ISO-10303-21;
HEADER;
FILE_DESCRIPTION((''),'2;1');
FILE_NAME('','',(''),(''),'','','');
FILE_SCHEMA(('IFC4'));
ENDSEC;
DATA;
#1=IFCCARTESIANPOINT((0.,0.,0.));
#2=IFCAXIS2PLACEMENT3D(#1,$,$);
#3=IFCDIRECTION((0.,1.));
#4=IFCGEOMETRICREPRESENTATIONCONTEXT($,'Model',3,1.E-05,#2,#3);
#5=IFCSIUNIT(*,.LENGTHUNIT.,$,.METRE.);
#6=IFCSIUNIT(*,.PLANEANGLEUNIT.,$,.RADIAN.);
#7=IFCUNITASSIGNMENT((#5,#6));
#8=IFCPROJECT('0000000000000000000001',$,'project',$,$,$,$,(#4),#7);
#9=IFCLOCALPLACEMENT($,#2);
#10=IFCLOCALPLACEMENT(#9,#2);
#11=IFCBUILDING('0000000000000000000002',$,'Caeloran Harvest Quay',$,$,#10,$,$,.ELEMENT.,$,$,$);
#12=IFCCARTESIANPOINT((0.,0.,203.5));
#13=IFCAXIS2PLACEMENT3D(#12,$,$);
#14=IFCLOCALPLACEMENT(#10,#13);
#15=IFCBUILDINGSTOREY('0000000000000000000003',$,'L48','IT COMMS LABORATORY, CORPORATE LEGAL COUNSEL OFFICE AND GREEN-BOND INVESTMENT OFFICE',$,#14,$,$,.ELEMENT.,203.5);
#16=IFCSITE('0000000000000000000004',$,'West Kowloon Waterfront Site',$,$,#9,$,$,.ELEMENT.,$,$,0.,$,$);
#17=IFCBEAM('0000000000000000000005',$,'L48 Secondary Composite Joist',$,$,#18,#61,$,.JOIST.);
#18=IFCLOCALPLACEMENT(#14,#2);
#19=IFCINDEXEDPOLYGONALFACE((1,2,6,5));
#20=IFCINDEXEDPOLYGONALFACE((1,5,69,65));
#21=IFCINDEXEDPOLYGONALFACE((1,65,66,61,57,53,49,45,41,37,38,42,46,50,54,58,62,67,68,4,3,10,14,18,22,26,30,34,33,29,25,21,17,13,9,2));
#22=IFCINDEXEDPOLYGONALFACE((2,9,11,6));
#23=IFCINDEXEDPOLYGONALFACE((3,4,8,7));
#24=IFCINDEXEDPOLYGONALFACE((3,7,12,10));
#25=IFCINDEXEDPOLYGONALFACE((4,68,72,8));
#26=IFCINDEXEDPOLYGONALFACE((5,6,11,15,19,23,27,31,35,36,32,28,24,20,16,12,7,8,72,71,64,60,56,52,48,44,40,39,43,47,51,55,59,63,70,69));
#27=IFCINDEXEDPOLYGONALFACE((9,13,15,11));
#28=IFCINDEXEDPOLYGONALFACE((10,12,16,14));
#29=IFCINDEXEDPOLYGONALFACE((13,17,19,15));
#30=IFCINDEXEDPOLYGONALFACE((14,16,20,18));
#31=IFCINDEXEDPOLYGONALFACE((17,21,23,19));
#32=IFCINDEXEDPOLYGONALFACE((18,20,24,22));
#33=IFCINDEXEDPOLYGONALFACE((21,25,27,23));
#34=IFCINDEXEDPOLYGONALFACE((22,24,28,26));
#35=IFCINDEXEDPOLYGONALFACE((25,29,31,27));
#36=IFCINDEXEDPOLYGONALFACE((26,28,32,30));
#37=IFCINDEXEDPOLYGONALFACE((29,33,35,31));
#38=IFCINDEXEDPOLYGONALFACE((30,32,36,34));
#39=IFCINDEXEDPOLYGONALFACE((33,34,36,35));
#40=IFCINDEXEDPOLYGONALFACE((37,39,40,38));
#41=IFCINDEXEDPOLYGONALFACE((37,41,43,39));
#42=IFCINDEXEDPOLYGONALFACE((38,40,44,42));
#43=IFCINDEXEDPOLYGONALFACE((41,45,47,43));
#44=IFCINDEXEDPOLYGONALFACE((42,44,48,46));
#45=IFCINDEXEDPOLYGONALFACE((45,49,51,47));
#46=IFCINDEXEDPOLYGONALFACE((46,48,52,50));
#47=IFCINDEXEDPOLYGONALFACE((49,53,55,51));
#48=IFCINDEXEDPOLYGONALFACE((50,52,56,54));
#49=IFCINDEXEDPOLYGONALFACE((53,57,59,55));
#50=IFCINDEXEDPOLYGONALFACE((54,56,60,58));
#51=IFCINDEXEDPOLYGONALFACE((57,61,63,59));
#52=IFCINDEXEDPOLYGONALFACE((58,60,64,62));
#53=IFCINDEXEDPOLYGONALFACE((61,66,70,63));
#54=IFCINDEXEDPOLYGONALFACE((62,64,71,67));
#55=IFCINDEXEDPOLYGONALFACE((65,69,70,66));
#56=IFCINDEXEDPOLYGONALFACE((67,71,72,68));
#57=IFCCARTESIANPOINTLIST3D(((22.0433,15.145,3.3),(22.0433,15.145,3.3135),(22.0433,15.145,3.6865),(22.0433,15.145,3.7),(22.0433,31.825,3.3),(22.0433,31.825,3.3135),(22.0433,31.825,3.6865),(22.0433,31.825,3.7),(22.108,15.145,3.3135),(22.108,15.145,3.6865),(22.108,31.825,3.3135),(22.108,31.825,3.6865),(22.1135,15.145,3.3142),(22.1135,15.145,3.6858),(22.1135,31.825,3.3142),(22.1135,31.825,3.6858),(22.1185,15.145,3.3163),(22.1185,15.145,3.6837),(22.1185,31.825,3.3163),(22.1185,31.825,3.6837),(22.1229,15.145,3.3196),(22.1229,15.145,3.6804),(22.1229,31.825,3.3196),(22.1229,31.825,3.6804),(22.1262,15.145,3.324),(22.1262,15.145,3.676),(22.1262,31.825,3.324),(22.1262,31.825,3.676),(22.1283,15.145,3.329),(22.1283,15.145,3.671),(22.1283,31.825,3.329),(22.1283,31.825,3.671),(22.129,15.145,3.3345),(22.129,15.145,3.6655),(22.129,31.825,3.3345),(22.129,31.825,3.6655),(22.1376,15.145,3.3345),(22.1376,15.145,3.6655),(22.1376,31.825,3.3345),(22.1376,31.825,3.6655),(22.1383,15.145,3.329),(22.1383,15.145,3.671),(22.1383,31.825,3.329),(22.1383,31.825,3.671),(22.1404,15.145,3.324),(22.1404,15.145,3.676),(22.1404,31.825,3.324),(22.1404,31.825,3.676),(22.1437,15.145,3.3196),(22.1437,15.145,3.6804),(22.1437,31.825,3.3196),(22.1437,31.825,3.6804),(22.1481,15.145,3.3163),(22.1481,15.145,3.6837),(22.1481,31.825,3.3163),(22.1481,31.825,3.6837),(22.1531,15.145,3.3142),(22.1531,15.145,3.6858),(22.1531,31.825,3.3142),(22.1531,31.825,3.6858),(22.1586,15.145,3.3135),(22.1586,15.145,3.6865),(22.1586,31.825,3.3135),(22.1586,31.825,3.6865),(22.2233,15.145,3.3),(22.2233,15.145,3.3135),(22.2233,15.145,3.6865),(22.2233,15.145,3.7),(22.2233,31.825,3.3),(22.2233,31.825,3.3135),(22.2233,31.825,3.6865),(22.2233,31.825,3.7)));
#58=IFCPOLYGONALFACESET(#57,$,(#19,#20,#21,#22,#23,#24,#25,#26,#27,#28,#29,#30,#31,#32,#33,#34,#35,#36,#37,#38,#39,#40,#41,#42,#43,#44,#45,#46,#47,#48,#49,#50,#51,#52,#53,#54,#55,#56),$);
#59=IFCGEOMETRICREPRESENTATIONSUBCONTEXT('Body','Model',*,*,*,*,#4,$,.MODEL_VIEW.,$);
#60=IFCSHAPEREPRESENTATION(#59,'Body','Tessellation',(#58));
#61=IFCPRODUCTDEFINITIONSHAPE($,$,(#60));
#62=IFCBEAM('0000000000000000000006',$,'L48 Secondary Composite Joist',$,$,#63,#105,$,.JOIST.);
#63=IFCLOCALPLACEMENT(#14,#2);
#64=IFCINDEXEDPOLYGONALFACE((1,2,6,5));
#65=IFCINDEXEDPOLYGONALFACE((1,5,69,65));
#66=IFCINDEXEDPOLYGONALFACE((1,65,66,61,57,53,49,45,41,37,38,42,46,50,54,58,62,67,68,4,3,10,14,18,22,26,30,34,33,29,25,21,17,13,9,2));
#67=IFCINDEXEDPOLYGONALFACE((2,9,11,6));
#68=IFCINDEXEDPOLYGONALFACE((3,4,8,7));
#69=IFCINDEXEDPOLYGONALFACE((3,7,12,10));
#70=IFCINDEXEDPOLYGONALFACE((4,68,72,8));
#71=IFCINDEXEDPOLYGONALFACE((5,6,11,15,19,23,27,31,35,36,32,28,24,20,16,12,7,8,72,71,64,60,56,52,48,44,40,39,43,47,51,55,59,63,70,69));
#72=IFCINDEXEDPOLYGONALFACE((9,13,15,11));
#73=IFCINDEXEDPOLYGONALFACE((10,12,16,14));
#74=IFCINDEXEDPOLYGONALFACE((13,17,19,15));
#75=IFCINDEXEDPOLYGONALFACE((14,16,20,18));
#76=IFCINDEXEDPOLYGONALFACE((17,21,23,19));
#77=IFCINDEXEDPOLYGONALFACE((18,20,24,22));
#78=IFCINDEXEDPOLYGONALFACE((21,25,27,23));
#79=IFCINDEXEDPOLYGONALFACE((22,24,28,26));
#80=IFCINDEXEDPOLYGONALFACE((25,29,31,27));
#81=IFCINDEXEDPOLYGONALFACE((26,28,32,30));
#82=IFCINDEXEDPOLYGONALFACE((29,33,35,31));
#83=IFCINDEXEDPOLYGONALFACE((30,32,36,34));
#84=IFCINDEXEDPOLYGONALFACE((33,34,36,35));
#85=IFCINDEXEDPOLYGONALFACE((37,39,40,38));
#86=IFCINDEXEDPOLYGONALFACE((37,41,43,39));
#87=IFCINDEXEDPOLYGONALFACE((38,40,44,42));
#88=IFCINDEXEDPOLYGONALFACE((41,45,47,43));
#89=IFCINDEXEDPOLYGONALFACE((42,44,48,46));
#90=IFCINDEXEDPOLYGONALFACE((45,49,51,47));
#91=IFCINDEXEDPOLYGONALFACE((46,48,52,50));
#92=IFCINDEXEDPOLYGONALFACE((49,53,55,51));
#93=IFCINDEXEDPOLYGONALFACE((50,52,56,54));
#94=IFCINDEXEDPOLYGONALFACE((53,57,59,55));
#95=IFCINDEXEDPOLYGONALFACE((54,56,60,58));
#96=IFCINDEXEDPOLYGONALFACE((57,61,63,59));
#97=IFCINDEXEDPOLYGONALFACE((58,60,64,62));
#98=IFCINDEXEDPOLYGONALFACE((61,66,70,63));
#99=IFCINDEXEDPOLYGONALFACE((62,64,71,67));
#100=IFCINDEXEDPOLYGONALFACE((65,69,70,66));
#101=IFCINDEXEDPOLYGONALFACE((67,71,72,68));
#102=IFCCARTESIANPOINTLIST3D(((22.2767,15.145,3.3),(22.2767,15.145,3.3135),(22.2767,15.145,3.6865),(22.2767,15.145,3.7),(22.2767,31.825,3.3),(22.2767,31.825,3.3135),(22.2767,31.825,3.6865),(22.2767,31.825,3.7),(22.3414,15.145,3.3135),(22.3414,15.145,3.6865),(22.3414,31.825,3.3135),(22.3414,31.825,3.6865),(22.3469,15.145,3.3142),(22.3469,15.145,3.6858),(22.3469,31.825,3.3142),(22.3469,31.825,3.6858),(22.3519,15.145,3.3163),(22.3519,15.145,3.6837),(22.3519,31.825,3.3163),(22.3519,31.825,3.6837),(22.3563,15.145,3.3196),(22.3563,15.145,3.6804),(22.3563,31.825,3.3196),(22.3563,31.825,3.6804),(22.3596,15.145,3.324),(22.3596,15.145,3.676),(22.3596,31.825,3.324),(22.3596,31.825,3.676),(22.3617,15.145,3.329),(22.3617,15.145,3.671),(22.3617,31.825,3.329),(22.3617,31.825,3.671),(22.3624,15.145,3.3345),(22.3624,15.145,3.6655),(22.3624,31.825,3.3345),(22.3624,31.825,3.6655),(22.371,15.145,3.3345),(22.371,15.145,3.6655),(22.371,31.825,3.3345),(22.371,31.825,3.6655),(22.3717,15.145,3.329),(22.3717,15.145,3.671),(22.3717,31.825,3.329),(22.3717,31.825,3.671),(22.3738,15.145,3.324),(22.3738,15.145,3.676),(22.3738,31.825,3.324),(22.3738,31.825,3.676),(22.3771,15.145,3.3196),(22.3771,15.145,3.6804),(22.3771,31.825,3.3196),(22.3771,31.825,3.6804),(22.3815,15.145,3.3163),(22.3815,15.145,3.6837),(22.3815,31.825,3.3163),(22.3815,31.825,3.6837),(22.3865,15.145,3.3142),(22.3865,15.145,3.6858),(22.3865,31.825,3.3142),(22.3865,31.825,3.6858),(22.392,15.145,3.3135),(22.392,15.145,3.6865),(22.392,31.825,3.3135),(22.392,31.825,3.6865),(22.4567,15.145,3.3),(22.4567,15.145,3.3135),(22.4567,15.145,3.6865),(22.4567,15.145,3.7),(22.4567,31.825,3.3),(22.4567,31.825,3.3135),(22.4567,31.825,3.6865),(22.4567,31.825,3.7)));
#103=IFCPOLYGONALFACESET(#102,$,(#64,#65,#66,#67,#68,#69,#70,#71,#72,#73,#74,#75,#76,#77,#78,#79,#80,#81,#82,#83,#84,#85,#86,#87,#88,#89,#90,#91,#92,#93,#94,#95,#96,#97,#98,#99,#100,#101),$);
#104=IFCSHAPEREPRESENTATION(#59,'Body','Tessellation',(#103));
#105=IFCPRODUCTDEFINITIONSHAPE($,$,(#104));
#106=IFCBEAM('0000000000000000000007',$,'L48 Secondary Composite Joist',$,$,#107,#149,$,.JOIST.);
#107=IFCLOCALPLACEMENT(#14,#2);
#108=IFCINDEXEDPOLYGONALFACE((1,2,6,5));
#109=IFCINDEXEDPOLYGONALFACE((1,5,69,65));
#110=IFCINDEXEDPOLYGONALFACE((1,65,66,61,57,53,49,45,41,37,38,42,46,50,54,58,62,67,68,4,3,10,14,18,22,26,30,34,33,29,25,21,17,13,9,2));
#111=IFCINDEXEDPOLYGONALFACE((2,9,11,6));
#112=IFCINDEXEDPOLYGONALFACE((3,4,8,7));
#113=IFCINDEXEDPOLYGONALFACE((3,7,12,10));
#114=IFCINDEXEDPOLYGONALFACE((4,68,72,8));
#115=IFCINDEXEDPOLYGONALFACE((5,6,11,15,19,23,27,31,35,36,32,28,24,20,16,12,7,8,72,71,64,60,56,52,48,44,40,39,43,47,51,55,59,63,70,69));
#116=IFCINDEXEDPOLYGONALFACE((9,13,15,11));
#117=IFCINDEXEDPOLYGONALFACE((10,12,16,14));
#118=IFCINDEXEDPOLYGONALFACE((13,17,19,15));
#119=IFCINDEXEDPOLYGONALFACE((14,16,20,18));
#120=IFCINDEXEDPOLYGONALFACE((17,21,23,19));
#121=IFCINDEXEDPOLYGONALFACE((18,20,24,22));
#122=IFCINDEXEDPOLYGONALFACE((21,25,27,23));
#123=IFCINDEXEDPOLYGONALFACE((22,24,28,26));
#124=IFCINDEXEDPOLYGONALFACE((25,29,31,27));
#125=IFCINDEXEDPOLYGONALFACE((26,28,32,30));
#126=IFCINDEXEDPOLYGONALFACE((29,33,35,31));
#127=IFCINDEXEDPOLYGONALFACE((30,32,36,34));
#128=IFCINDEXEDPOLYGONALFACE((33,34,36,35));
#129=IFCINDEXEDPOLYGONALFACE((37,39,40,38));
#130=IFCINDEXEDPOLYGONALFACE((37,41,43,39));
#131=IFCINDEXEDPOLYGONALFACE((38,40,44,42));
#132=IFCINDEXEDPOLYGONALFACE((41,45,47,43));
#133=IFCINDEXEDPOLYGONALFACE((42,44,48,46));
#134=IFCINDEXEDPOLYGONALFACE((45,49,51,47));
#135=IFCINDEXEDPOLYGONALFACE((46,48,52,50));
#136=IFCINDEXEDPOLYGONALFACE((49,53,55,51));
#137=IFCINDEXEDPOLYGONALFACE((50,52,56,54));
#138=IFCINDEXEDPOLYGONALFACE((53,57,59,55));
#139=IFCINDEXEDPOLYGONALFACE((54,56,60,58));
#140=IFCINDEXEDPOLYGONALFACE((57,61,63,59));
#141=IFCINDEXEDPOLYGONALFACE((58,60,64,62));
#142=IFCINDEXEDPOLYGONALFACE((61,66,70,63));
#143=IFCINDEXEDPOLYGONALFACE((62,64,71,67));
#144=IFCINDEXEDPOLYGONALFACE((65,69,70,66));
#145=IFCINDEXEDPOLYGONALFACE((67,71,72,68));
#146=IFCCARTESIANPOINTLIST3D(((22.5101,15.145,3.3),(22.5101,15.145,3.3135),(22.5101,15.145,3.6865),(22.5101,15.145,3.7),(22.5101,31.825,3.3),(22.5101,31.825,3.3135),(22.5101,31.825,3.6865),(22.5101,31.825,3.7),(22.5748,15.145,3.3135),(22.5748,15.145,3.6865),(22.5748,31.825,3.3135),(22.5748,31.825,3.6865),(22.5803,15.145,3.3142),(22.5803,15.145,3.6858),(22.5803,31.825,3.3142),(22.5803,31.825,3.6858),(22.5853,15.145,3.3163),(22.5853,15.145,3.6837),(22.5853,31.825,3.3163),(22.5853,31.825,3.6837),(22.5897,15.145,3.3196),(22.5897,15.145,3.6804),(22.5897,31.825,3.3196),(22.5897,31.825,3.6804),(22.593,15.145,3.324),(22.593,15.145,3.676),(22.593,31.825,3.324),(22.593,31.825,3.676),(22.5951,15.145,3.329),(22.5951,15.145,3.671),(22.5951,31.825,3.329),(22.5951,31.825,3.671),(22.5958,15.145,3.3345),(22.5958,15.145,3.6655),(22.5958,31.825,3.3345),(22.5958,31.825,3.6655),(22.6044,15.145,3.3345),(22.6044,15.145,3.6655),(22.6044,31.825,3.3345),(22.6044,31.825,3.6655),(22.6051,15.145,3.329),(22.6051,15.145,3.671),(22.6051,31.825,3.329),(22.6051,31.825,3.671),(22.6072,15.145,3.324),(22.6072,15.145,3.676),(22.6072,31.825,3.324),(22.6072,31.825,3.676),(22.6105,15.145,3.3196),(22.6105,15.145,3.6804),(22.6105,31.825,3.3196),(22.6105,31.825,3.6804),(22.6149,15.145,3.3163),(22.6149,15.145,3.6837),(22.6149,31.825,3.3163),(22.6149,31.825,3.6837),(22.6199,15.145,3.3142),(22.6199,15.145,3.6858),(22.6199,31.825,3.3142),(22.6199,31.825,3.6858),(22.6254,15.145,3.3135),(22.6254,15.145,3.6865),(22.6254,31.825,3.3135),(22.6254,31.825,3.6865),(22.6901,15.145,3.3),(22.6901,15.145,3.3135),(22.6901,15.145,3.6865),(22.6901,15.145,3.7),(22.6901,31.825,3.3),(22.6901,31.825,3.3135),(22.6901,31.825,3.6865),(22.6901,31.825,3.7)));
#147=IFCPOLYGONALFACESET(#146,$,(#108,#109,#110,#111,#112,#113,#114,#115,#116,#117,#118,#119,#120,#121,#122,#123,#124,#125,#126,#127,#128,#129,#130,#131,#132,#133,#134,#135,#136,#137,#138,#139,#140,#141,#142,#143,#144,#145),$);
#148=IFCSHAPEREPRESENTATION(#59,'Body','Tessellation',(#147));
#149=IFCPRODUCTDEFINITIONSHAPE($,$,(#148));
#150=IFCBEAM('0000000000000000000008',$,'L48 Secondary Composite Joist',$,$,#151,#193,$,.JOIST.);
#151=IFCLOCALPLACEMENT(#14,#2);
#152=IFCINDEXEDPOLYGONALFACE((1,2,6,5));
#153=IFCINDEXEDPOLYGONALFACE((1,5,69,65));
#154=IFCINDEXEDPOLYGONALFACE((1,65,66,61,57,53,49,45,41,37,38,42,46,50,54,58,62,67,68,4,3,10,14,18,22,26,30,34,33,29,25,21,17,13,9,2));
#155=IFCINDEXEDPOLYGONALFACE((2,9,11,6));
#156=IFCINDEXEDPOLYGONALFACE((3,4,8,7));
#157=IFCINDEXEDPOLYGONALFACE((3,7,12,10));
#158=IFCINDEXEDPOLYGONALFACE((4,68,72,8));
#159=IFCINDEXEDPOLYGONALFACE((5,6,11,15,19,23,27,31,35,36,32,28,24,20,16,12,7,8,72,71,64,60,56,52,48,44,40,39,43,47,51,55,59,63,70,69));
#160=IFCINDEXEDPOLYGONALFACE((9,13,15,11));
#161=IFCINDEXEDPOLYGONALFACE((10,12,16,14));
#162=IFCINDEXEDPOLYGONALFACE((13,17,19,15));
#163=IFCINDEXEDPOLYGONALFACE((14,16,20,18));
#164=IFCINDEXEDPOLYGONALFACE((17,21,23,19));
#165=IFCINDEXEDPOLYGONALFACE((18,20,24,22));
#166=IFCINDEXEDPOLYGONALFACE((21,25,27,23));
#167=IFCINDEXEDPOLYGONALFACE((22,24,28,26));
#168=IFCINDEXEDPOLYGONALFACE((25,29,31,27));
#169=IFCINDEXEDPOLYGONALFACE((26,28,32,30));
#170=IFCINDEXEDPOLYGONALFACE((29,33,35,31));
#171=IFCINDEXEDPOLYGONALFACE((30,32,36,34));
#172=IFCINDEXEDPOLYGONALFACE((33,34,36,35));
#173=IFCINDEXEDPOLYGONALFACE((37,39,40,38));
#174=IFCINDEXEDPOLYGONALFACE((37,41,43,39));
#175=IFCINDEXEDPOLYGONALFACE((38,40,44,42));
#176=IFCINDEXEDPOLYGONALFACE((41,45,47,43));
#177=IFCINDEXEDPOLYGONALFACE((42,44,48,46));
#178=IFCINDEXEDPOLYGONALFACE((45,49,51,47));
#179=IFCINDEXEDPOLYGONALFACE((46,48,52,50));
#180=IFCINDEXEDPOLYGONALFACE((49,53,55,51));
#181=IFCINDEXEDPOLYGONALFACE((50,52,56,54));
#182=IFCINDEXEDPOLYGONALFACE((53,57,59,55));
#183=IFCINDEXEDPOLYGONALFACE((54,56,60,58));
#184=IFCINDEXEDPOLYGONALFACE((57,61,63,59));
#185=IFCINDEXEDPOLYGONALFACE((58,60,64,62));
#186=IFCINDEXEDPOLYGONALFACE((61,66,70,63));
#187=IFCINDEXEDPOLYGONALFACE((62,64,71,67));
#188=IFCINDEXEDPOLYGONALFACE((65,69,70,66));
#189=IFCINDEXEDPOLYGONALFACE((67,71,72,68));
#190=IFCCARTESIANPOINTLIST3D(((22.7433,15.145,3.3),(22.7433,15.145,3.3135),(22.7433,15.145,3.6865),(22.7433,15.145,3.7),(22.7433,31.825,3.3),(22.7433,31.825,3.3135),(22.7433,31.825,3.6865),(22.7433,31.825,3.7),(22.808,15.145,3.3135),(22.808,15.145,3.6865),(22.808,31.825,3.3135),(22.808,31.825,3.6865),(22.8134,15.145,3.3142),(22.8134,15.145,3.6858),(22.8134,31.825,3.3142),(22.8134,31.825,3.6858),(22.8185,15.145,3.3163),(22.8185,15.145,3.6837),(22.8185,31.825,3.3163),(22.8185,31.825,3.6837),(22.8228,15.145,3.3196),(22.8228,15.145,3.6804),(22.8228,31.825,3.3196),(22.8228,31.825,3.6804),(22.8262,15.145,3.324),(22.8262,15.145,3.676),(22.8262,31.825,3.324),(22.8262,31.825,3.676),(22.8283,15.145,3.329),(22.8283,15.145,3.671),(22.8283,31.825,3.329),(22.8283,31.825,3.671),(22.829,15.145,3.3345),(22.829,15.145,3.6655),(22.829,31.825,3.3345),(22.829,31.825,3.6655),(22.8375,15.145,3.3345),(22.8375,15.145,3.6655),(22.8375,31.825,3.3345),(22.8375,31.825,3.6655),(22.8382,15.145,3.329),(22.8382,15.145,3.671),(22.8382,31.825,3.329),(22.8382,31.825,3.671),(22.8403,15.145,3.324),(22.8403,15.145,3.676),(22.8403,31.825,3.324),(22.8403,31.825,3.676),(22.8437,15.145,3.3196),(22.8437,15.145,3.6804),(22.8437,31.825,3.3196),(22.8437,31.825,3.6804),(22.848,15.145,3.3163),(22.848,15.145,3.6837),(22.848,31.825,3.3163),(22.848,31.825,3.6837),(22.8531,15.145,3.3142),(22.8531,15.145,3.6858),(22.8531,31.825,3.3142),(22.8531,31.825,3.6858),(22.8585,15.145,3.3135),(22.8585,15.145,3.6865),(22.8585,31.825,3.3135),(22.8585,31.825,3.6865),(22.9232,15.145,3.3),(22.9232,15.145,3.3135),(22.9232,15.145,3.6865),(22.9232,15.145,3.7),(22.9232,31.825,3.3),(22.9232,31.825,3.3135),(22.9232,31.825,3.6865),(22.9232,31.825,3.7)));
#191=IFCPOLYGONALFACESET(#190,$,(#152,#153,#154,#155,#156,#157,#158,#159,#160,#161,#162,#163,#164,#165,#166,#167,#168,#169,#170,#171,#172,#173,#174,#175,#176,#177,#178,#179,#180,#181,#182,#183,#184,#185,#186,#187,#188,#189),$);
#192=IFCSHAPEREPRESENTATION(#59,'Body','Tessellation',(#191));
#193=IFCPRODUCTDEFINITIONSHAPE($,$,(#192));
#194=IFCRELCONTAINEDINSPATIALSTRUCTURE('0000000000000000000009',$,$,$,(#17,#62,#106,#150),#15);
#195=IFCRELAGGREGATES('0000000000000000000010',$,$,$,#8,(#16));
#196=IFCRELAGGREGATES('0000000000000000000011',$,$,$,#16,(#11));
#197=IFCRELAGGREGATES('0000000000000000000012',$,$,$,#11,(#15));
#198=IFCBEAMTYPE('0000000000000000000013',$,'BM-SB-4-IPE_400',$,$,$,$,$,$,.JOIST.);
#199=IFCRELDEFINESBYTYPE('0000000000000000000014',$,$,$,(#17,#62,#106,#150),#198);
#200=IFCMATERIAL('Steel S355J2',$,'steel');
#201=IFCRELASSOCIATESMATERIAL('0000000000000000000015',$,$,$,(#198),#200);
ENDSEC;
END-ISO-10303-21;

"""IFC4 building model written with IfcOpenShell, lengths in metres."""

from ifc_helpers import new_model, si_unit, direction, frame, origin, origin_2d, place, context, subcontext, project, spatial, i_section, extrude, material, material_profile, profile_set, type_object, element, save


model = new_model("IFC4")

# Units and contexts
model_context = context("Model", 3, precision=1e-05, world=origin(), true_north=direction((0.0, 1.0)))
body_context = subcontext(model_context, "Body", "Model", "MODEL_VIEW")
ifc_project = project(units=[si_unit("LENGTHUNIT", "METRE"), si_unit("PLANEANGLEUNIT", "RADIAN")], contexts=[model_context])

# Site, building, storey
site_placement = place(None, origin())
site = spatial("IfcSite", under=ifc_project, at=site_placement, Name="West Kowloon Waterfront Site", CompositionType="ELEMENT", RefElevation=0.0)
building_placement = place(site_placement, origin())
building = spatial("IfcBuilding", under=site, at=building_placement, Name="Caeloran Harvest Quay", CompositionType="ELEMENT")
storey_placement = place(building_placement, frame((0.0, 0.0, 203.5)))
storey = spatial("IfcBuildingStorey", under=building, at=storey_placement, Name="L48", Description="IT COMMS LABORATORY, CORPORATE LEGAL COUNSEL OFFICE AND GREEN-BOND INVESTMENT OFFICE", CompositionType="ELEMENT", Elevation=203.5)

# Beams
ifc_material_1 = material(Name="Steel S355J2", Category="steel")
ifc_material_profile_1 = material_profile(ifc_material_1, i_section(OverallWidth=0.1799, OverallDepth=0.3999, WebThickness=0.0085, FlangeThickness=0.0134, FilletRadius=0.021, at=origin_2d()), Name="IPE 400")
ifc_profile_set_1 = profile_set([ifc_material_profile_1], Name="Steel S355J2")
beam_type_1 = type_object("IfcBeamType", Name="BM-SB-4-IPE_400", PredefinedType="JOIST", material=ifc_profile_set_1)
for number, where, z_axis, x_axis, name in (
    (1, (22.1333, 15.145, 3.5), (0.0, 1.0, 0.0), (-1.0, 0.0, 0.0), "L48 Secondary Composite Joist"),
    (2, (22.3667, 15.145, 3.5), (0.0, 1.0, 0.0), (-1.0, 0.0, 0.0), "L48 Secondary Composite Joist"),
    (3, (22.6001, 15.145, 3.5), (0.0, 1.0, 0.0), (-1.0, 0.0, 0.0), "L48 Secondary Composite Joist"),
    (4, (22.8333, 15.145, 3.5), (0.0, 1.0, 0.0), (-1.0, 0.0, 0.0), "L48 Secondary Composite Joist"),
):
    element("IfcBeam", number, at=place(storey_placement, frame(where, z_axis=z_axis, x_axis=x_axis)), inside=storey, type_object=beam_type_1, Name=name, PredefinedType="JOIST", context=body_context, shape_type="SweptSolid", body=[
        extrude(i_section(OverallWidth=0.1799, OverallDepth=0.3999, WebThickness=0.0085, FlangeThickness=0.0134, FilletRadius=0.021, at=origin_2d()), origin(), (0.0, 0.0, 1.0), 16.6799),
    ])

save(model, "model.ifc")
